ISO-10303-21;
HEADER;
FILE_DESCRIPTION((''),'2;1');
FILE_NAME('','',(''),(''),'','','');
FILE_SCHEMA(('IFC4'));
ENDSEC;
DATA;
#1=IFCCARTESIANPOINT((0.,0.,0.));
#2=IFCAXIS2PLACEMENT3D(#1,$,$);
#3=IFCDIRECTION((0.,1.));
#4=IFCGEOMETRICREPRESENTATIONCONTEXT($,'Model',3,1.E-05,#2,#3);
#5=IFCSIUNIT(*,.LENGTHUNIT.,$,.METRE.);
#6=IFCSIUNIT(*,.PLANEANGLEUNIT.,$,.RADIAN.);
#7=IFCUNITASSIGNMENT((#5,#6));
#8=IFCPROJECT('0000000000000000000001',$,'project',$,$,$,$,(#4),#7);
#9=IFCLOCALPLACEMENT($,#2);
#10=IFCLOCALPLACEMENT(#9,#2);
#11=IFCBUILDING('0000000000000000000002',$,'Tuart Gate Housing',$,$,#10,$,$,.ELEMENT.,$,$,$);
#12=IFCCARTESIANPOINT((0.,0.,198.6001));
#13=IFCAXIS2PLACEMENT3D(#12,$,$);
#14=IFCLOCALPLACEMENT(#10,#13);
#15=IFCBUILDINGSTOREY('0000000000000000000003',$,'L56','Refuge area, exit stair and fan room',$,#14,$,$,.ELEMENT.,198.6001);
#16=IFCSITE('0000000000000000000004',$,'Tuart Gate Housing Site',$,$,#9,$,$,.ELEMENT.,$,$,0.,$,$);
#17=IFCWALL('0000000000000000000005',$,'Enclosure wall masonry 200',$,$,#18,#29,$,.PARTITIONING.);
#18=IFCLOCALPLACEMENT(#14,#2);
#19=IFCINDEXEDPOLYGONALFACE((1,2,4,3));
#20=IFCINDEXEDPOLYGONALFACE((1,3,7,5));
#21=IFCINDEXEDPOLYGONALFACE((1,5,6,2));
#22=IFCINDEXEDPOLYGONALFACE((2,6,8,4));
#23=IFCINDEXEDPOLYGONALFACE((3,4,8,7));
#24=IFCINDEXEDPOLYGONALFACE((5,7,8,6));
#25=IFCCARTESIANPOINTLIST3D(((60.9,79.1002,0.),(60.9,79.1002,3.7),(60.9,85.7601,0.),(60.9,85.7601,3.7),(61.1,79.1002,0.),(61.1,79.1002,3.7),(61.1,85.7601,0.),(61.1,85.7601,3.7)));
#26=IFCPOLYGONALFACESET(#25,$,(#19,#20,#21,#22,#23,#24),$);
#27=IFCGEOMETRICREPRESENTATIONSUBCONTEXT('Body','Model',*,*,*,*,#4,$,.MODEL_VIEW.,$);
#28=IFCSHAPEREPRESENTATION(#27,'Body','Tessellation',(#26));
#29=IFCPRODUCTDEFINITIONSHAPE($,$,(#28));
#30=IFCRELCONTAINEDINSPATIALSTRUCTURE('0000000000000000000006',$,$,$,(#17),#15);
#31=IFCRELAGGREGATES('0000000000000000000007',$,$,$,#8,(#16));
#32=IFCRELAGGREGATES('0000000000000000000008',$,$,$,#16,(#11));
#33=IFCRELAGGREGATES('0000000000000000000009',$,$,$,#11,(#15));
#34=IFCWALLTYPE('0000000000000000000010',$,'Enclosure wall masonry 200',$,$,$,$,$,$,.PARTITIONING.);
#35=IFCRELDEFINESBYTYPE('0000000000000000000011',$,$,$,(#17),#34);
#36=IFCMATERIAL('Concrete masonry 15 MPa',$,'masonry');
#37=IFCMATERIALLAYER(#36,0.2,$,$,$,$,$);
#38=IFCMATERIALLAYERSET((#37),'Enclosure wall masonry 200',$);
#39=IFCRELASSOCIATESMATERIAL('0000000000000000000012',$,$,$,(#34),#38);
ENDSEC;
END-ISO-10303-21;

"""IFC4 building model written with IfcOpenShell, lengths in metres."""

from ifc_helpers import new_model, si_unit, direction, frame, frame_2d, origin, place, context, subcontext, project, spatial, rectangle, extrude, material, layer, layer_set, type_object, element, save


model = new_model("IFC4")

# Units and contexts
model_context = context("Model", 3, precision=1e-05, world=origin(), true_north=direction((0.0, 1.0)))
body_context = subcontext(model_context, "Body", "Model", "MODEL_VIEW")
ifc_project = project(units=[si_unit("LENGTHUNIT", "METRE"), si_unit("PLANEANGLEUNIT", "RADIAN")], contexts=[model_context])

# Site, building, storey
site_placement = place(None, origin())
site = spatial("IfcSite", under=ifc_project, at=site_placement, Name="Tuart Gate Housing Site", CompositionType="ELEMENT", RefElevation=0.0)
building_placement = place(site_placement, origin())
building = spatial("IfcBuilding", under=site, at=building_placement, Name="Tuart Gate Housing", CompositionType="ELEMENT")
storey_placement = place(building_placement, frame((0.0, 0.0, 198.6001)))
storey = spatial("IfcBuildingStorey", under=building, at=storey_placement, Name="L56", Description="Refuge area, exit stair and fan room", CompositionType="ELEMENT", Elevation=198.6001)

# Shared definitions
ifc_material_1 = material(Name="Concrete masonry 15 MPa", Category="masonry")
ifc_layer_1 = layer(ifc_material_1, 0.2)
ifc_layer_set_1 = layer_set([ifc_layer_1], Name="Enclosure wall masonry 200")
wall_type_1 = type_object("IfcWallType", Name="Enclosure wall masonry 200", PredefinedType="PARTITIONING", material=ifc_layer_set_1)

# Wall
wall_1_placement = place(storey_placement, frame((61.0, 79.1001, 0.0), z_axis=(0.0, 0.0, 1.0), x_axis=(0.0, 1.0, 0.0)))
element("IfcWall", 1, at=wall_1_placement, inside=storey, type_object=wall_type_1, Name="Enclosure wall masonry 200", PredefinedType="PARTITIONING", context=body_context, shape_type="SweptSolid", body=[
    extrude(rectangle(XDim=6.6599, YDim=0.2, at=frame_2d((3.3301, 0.0))), origin(), (0.0, 0.0, 1.0), 3.7),
])

save(model, "model.ifc")
